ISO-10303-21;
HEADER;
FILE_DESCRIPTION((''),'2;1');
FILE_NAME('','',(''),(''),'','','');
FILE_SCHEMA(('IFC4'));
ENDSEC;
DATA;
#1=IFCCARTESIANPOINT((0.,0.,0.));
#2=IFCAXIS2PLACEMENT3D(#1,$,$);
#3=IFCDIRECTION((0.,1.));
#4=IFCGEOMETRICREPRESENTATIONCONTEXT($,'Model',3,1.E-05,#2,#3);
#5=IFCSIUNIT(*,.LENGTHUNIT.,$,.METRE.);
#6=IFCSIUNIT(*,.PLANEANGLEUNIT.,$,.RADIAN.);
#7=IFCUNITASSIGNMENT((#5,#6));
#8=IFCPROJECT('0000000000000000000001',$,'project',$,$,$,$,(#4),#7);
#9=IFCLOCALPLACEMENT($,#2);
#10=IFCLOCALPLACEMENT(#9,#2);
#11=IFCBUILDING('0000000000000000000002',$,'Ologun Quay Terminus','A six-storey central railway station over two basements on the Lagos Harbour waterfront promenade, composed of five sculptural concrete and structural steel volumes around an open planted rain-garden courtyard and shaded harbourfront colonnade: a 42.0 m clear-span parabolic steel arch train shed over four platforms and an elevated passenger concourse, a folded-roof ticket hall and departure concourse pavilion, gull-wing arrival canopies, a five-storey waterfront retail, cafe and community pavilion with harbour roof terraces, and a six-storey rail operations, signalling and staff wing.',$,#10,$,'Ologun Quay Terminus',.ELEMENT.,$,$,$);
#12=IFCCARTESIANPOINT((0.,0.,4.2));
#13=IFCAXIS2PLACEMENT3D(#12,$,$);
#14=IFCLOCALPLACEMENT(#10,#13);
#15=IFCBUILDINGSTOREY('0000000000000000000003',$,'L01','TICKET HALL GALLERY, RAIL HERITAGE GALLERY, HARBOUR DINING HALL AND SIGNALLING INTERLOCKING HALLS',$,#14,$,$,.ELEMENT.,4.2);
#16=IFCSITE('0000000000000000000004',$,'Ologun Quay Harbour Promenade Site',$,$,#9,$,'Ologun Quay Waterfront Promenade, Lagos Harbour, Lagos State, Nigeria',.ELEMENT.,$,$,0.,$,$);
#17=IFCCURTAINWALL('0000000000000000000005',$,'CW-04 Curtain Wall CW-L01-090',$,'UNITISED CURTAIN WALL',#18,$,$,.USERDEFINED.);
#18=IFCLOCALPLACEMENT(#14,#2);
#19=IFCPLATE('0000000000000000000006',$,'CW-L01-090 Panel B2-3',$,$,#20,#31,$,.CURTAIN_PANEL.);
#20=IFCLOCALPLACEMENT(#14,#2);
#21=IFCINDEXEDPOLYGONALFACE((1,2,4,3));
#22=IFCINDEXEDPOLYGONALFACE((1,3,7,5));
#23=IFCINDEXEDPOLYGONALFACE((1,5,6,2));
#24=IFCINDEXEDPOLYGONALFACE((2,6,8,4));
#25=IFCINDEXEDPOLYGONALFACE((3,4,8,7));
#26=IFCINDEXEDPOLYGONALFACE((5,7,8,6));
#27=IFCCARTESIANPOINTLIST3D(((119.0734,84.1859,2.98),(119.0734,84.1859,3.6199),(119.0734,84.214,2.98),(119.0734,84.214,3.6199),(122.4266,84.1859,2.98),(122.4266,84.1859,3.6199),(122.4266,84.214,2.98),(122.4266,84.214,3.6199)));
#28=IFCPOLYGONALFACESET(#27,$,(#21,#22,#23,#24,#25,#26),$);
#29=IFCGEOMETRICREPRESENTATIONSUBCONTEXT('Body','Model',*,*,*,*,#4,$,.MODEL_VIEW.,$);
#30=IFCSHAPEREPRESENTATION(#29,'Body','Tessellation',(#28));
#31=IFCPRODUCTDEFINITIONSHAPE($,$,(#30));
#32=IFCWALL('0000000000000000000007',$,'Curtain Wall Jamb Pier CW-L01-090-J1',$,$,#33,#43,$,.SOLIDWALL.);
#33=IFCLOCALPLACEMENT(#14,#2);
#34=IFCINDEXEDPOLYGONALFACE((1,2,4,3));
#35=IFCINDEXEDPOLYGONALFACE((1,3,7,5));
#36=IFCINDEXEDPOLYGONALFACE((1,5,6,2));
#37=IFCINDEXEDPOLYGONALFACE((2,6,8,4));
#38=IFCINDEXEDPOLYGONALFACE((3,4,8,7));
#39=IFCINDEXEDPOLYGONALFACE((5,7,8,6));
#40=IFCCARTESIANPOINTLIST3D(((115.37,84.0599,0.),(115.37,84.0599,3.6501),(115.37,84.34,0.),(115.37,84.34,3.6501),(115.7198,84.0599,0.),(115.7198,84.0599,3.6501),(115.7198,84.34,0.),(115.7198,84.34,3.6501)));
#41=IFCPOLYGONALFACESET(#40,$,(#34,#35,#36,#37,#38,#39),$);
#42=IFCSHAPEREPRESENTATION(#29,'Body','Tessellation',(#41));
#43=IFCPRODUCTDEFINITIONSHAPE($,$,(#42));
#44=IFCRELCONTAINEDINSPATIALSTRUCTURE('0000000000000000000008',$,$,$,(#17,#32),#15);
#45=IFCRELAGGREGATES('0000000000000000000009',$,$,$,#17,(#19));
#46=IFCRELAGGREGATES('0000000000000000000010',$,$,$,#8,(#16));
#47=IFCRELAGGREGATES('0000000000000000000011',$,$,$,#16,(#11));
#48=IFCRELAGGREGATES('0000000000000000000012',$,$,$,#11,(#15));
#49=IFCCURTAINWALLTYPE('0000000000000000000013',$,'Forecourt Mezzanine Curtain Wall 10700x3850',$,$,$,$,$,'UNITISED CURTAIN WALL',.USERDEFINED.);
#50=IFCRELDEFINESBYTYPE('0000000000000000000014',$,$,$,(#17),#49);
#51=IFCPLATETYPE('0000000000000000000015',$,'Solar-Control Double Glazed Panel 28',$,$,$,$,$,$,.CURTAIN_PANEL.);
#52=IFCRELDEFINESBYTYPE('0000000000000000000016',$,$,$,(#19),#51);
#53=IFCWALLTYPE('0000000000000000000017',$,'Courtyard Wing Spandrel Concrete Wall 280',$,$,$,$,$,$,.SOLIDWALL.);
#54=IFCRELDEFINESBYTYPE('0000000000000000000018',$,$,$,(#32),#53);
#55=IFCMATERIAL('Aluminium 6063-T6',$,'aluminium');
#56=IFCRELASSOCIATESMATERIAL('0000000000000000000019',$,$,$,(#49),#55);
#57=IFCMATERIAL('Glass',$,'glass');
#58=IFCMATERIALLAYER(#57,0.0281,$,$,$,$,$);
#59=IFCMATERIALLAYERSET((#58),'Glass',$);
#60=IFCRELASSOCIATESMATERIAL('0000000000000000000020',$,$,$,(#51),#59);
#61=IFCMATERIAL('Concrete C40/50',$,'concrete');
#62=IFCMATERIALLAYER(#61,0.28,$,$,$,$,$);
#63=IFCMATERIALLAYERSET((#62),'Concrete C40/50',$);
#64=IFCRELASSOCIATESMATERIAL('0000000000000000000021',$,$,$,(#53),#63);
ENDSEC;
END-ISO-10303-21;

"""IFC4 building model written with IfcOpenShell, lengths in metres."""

from ifc_helpers import new_model, si_unit, direction, frame, frame_2d, origin, origin_2d, place, context, subcontext, project, spatial, rectangle, extrude, material, layer, layer_set, type_object, element, aggregate, save


model = new_model("IFC4")

# Units and contexts
model_context = context("Model", 3, precision=1e-05, world=origin(), true_north=direction((0.0, 1.0)))
body_context = subcontext(model_context, "Body", "Model", "MODEL_VIEW")
ifc_project = project(units=[si_unit("LENGTHUNIT", "METRE"), si_unit("PLANEANGLEUNIT", "RADIAN")], contexts=[model_context])

# Site, building, storey
site_placement = place(None, origin())
site = spatial("IfcSite", under=ifc_project, at=site_placement, Name="Ologun Quay Harbour Promenade Site", LongName="Ologun Quay Waterfront Promenade, Lagos Harbour, Lagos State, Nigeria", CompositionType="ELEMENT", RefElevation=0.0)
building_placement = place(site_placement, origin())
building = spatial("IfcBuilding", under=site, at=building_placement, Name="Ologun Quay Terminus", Description="A six-storey central railway station over two basements on the Lagos Harbour waterfront promenade, composed of five sculptural concrete and structural steel volumes around an open planted rain-garden courtyard and shaded harbourfront colonnade: a 42.0 m clear-span parabolic steel arch train shed over four platforms and an elevated passenger concourse, a folded-roof ticket hall and departure concourse pavilion, gull-wing arrival canopies, a five-storey waterfront retail, cafe and community pavilion with harbour roof terraces, and a six-storey rail operations, signalling and staff wing.", LongName="Ologun Quay Terminus", CompositionType="ELEMENT")
storey_placement = place(building_placement, frame((0.0, 0.0, 4.2)))
storey = spatial("IfcBuildingStorey", under=building, at=storey_placement, Name="L01", Description="TICKET HALL GALLERY, RAIL HERITAGE GALLERY, HARBOUR DINING HALL AND SIGNALLING INTERLOCKING HALLS", CompositionType="ELEMENT", Elevation=4.2)

# Curtain wall
ifc_material_1 = material(Name="Aluminium 6063-T6", Category="aluminium")
curtain_wall_type = type_object("IfcCurtainWallType", Name="Forecourt Mezzanine Curtain Wall 10700x3850", ElementType="UNITISED CURTAIN WALL", PredefinedType="USERDEFINED", material=ifc_material_1)
curtain_wall_placement = place(storey_placement, origin())
curtain_wall = element("IfcCurtainWall", 1, at=curtain_wall_placement, inside=storey, type_object=curtain_wall_type, Name="CW-04 Curtain Wall CW-L01-090", ObjectType="UNITISED CURTAIN WALL", PredefinedType="USERDEFINED")

# Plate
ifc_material_2 = material(Name="Glass", Category="glass")
ifc_layer_1 = layer(ifc_material_2, 0.0281)
ifc_layer_set_1 = layer_set([ifc_layer_1], Name="Glass")
plate_type_1 = type_object("IfcPlateType", Name="Solar-Control Double Glazed Panel 28", PredefinedType="CURTAIN_PANEL", material=ifc_layer_set_1)
plate_1_placement = place(storey_placement, frame((120.75, 84.2, 2.98), z_axis=(0.0, 0.0, 1.0), x_axis=(1.0, 0.0, 0.0)))
plate_1 = element("IfcPlate", 2, at=plate_1_placement, type_object=plate_type_1, Name="CW-L01-090 Panel B2-3", PredefinedType="CURTAIN_PANEL", context=body_context, shape_type="SweptSolid", body=[
    extrude(rectangle(XDim=3.3533, YDim=0.0281, at=origin_2d()), origin(), (0.0, 0.0, 1.0), 0.6399),
])
aggregate(curtain_wall, [plate_1])

# Wall
ifc_material_3 = material(Name="Concrete C40/50", Category="concrete")
ifc_layer_2 = layer(ifc_material_3, 0.28)
ifc_layer_set_2 = layer_set([ifc_layer_2], Name="Concrete C40/50")
wall_type = type_object("IfcWallType", Name="Courtyard Wing Spandrel Concrete Wall 280", PredefinedType="SOLIDWALL", material=ifc_layer_set_2)
wall_placement = place(storey_placement, frame((115.3701, 84.2, 0.0), z_axis=(0.0, 0.0, 1.0), x_axis=(1.0, 0.0, 0.0)))
element("IfcWall", 3, at=wall_placement, inside=storey, type_object=wall_type, Name="Curtain Wall Jamb Pier CW-L01-090-J1", PredefinedType="SOLIDWALL", context=body_context, shape_type="SweptSolid", body=[
    extrude(rectangle(XDim=0.3499, YDim=0.28, at=frame_2d((0.1748, 0.0))), origin(), (0.0, 0.0, 1.0), 3.6501),
])

save(model, "model.ifc")
